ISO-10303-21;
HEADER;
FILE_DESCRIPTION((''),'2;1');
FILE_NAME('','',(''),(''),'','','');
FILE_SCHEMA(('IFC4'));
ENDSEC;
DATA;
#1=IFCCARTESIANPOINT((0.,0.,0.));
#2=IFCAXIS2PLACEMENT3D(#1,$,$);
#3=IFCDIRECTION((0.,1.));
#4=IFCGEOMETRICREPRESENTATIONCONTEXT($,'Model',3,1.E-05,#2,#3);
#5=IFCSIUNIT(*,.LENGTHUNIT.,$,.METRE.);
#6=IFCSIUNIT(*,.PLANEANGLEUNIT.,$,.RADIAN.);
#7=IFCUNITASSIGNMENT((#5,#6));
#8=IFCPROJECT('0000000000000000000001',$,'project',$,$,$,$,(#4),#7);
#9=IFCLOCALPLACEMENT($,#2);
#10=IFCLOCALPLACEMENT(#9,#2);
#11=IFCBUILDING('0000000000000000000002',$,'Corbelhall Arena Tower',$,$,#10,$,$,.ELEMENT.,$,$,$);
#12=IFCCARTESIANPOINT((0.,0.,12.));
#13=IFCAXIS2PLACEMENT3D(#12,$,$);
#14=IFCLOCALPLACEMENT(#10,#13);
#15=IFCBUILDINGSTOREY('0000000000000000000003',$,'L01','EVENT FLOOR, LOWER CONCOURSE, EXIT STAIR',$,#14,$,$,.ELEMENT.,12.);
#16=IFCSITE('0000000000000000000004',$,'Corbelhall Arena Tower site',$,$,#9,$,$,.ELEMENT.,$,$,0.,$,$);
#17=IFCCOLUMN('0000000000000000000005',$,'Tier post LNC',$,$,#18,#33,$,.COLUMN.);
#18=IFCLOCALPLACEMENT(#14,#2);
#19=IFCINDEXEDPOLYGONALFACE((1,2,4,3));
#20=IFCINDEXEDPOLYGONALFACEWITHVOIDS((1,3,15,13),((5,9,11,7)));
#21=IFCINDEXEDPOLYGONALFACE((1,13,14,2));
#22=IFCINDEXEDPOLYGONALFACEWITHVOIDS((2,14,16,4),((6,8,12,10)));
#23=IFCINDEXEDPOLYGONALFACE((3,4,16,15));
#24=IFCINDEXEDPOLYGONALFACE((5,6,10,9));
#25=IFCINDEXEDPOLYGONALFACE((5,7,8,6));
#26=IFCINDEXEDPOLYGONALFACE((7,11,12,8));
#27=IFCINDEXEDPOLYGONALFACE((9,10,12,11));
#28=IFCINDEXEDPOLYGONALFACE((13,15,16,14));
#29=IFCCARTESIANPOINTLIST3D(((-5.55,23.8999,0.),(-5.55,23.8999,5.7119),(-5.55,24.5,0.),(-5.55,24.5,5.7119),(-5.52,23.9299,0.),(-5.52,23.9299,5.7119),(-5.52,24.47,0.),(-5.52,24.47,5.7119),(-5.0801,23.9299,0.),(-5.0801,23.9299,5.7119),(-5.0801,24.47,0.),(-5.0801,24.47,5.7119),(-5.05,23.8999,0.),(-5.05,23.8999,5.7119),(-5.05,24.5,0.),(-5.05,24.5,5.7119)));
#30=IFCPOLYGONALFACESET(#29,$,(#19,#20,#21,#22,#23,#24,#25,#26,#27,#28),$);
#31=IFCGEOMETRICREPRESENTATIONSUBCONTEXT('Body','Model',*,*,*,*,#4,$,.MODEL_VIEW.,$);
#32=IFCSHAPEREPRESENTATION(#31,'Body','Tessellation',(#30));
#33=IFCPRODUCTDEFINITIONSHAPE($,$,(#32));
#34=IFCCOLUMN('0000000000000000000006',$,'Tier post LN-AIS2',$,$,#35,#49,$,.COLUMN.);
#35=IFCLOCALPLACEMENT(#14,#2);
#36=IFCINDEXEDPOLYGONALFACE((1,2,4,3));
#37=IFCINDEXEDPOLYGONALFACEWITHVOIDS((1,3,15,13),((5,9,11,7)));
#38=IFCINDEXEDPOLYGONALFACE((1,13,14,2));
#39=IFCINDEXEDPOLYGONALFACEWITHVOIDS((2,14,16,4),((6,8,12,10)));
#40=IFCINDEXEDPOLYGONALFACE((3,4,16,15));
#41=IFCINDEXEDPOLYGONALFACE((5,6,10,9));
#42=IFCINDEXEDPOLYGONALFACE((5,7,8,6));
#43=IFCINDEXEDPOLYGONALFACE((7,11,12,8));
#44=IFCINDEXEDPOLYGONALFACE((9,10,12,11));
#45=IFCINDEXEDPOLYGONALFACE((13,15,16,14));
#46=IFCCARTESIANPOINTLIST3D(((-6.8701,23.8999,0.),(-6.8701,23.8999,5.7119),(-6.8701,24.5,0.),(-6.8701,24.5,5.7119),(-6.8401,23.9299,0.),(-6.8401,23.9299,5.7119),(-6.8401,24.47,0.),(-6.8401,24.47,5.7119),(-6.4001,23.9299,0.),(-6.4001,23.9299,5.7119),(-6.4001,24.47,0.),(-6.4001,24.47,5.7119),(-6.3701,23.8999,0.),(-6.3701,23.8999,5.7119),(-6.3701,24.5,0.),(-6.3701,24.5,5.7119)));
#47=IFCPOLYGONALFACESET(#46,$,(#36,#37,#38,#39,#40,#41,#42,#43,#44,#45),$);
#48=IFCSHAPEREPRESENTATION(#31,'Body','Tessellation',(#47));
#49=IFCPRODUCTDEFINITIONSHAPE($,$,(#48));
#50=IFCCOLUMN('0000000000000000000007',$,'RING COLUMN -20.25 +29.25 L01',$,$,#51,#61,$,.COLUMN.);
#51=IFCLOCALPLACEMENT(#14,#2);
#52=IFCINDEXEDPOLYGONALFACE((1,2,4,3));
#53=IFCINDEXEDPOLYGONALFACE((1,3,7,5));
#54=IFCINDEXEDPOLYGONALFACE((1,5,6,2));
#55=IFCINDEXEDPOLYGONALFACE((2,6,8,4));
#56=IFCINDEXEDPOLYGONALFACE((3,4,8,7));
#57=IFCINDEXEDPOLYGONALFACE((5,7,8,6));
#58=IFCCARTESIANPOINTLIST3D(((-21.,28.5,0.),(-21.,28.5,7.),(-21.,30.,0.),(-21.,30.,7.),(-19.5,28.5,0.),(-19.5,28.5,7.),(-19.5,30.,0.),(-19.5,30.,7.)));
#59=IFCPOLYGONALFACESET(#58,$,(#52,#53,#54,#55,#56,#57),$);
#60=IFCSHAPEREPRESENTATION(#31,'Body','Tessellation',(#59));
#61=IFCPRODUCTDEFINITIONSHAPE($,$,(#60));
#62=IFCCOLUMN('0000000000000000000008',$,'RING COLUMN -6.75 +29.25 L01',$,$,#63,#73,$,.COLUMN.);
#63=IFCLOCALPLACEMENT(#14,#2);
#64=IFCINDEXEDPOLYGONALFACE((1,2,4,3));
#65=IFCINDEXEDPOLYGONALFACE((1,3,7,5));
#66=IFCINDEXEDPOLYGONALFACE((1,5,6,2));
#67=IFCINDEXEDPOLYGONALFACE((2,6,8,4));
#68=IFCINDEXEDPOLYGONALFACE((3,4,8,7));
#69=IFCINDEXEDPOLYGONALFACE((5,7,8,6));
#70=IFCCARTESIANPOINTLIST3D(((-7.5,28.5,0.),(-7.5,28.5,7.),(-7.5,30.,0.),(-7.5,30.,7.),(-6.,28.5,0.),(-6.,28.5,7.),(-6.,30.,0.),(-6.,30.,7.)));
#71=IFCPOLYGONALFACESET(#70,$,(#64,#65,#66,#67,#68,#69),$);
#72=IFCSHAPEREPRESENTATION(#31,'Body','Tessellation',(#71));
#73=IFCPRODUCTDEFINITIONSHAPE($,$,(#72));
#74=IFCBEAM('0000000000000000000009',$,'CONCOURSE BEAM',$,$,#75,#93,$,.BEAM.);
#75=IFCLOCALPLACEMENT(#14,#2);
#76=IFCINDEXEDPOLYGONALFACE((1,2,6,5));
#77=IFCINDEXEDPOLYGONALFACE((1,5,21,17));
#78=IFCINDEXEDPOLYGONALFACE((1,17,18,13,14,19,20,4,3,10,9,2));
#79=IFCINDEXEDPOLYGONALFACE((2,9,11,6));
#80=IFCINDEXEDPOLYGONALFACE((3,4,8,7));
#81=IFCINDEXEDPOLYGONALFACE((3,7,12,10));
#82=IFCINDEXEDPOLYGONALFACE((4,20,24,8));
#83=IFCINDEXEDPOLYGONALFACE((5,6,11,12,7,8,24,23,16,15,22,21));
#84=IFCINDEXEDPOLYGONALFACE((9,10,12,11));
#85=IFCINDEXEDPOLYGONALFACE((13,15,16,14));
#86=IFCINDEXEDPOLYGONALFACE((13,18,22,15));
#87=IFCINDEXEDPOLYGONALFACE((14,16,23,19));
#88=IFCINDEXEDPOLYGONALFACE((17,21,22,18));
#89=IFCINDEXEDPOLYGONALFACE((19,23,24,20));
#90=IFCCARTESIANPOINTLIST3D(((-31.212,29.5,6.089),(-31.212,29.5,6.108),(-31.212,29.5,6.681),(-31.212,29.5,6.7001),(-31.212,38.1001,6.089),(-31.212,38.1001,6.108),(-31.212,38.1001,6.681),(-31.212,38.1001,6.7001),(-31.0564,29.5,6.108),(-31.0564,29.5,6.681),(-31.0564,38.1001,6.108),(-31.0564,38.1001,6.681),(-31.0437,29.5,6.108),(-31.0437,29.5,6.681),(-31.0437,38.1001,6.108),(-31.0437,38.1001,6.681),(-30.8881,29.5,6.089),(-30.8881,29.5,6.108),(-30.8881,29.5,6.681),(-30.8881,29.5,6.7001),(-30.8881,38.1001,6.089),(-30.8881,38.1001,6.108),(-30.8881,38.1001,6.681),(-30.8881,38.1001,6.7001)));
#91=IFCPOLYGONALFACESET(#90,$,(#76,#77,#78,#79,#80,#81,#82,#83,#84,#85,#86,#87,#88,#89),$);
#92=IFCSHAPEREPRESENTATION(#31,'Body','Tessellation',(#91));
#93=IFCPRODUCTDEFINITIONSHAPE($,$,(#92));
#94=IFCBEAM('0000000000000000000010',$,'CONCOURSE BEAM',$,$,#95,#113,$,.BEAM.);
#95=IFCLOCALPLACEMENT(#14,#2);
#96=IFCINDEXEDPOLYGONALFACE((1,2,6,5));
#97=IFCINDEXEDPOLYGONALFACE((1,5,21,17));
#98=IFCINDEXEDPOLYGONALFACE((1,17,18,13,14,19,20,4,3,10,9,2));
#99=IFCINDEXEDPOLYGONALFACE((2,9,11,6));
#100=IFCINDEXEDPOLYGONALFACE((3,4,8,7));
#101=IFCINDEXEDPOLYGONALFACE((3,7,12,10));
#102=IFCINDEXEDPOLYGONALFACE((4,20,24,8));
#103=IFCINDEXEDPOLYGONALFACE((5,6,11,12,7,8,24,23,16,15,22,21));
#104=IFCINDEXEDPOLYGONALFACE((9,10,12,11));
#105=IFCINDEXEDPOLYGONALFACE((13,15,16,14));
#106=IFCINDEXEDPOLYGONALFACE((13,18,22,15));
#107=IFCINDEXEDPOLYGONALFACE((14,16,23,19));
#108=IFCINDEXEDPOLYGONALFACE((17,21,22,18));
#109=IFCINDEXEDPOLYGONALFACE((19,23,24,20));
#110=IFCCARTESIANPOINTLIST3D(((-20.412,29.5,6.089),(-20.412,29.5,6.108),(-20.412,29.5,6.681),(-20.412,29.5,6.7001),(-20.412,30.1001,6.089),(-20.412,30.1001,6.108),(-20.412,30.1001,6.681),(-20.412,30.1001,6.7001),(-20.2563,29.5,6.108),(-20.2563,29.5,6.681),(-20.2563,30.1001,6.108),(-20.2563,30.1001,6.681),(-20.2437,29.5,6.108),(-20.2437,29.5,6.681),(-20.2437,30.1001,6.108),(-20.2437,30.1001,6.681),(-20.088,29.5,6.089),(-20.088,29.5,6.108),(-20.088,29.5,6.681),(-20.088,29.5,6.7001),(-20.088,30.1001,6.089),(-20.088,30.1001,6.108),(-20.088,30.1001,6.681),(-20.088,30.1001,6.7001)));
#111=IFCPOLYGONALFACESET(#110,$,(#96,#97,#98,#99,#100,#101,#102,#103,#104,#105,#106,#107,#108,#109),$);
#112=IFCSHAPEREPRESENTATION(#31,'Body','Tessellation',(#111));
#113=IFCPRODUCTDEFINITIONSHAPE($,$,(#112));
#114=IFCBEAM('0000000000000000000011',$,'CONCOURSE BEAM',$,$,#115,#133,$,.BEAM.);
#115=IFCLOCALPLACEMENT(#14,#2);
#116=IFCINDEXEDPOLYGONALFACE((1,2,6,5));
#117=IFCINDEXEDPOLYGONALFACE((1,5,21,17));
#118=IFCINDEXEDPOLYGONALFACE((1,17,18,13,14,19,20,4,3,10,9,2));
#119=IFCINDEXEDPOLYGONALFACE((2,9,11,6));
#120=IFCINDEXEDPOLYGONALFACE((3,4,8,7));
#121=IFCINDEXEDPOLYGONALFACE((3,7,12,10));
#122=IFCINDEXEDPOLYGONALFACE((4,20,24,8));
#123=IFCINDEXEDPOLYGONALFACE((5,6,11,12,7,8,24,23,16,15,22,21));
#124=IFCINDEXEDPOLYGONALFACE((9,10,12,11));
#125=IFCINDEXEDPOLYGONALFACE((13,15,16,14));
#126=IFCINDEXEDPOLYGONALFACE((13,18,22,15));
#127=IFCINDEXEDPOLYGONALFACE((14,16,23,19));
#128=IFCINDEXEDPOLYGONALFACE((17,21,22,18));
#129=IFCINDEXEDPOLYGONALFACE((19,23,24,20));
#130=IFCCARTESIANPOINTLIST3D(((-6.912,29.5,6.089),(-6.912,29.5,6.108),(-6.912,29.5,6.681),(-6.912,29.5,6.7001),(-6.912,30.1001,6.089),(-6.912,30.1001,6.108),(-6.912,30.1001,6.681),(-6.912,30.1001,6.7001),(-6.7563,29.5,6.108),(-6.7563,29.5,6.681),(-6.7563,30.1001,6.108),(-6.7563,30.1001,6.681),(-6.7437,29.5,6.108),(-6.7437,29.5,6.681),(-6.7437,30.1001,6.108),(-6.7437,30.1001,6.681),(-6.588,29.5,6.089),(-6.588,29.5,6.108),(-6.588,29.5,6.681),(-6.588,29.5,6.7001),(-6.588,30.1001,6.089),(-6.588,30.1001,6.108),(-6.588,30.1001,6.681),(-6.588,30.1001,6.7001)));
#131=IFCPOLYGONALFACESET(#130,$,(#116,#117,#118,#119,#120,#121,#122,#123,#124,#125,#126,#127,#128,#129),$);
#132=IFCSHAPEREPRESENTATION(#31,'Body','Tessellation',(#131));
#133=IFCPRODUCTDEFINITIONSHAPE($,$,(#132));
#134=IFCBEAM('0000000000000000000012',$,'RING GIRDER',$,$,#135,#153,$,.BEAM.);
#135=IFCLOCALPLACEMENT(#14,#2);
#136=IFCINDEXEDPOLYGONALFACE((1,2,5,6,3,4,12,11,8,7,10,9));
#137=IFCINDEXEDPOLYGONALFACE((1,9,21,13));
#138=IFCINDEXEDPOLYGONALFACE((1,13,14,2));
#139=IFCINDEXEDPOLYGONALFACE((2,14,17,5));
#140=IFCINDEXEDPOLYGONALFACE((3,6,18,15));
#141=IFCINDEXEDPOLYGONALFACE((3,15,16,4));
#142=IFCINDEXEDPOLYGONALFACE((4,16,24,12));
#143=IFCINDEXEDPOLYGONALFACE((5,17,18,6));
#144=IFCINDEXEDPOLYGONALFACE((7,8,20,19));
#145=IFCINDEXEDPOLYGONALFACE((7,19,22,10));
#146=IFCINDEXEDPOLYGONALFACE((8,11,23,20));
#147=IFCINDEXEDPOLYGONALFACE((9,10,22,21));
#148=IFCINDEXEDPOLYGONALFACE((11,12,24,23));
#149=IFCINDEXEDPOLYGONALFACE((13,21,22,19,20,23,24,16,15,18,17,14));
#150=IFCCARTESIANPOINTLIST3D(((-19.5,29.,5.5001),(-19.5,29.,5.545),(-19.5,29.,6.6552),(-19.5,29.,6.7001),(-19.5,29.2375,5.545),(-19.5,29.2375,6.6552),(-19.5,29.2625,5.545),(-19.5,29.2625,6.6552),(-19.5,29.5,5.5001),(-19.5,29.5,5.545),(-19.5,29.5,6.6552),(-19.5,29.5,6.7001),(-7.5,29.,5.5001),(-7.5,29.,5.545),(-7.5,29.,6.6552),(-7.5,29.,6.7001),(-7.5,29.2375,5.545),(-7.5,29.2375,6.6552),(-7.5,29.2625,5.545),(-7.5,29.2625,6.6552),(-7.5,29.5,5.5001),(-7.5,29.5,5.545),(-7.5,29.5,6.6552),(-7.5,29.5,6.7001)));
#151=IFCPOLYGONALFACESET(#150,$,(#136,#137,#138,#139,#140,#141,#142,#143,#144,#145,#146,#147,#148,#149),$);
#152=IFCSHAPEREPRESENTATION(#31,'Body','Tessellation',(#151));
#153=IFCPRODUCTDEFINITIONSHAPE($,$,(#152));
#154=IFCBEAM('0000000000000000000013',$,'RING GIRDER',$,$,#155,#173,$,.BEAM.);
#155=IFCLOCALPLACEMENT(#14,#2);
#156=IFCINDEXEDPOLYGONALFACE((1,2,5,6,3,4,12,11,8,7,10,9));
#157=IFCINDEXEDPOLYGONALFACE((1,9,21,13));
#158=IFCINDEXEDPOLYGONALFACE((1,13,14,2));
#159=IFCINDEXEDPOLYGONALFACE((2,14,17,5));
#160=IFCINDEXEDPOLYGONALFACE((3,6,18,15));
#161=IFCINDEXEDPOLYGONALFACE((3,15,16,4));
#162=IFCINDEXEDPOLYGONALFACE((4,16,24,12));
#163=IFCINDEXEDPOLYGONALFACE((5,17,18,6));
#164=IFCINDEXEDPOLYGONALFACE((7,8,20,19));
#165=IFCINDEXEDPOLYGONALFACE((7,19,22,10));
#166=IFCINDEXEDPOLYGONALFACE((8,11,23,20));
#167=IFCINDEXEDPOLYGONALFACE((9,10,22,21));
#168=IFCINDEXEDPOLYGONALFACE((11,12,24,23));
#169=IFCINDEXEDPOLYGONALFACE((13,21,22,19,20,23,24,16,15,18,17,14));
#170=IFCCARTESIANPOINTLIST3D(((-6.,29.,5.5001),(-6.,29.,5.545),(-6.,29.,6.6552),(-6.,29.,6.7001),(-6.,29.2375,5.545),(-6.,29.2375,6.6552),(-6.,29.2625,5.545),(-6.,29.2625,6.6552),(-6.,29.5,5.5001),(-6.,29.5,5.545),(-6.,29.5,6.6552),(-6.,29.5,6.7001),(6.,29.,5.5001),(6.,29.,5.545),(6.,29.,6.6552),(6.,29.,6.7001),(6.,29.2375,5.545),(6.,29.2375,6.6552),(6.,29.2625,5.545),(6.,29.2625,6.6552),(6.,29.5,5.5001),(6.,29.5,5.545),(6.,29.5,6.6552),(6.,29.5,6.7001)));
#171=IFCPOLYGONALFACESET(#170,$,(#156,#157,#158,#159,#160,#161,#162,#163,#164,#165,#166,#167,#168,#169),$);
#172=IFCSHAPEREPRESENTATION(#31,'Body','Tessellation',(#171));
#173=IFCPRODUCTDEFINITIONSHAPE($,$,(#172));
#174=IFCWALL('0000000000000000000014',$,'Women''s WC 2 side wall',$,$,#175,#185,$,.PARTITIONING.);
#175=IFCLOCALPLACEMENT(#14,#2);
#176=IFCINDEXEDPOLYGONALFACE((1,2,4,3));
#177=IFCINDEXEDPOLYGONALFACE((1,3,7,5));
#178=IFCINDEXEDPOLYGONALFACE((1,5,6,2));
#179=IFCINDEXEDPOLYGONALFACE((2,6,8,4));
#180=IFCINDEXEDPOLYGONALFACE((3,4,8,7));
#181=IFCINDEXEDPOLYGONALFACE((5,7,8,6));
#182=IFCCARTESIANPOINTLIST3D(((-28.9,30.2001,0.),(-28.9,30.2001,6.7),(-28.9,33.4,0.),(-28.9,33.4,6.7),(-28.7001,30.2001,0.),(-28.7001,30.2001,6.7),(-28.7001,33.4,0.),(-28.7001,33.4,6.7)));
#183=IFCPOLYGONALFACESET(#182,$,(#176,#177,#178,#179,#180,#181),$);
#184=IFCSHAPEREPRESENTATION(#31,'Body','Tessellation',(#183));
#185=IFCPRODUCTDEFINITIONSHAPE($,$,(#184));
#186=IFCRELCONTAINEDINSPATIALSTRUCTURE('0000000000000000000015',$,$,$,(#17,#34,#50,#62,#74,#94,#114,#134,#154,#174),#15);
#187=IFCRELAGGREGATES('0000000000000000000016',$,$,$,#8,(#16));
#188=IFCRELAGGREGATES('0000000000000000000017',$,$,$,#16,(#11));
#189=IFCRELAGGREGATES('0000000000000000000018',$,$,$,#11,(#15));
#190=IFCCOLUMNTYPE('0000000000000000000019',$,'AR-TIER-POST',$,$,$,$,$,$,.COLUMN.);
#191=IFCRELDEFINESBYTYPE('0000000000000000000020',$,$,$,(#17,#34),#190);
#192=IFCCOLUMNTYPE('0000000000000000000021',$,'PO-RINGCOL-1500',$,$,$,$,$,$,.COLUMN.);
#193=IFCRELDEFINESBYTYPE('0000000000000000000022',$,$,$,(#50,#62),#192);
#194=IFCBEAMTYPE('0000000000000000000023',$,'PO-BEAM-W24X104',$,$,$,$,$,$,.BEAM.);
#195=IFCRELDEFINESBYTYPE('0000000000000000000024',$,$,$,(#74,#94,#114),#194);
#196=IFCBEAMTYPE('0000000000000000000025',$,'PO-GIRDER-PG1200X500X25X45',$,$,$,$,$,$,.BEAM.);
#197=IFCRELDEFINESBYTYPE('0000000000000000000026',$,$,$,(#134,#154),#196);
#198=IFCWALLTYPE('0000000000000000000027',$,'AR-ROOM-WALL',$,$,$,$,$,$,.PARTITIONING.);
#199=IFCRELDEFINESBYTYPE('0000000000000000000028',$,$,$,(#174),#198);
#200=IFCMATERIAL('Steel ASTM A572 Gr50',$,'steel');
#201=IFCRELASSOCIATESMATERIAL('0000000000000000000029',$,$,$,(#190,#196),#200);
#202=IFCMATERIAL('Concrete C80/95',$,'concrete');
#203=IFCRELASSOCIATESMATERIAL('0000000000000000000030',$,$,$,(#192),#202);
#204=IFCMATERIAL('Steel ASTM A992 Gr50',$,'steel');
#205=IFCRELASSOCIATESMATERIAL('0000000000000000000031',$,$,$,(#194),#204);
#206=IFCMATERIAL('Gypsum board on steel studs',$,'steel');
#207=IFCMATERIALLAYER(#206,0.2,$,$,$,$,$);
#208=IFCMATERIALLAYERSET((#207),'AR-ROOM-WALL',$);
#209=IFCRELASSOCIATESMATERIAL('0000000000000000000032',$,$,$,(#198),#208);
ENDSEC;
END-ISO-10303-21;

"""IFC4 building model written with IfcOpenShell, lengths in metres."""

from ifc_helpers import new_model, si_unit, direction, frame, frame_2d, origin, origin_2d, place, context, subcontext, project, spatial, rectangle, hollow_rectangle, i_section, extrude, material, layer, layer_set, material_profile, profile_set, type_object, element, save


model = new_model("IFC4")

# Units and contexts
model_context = context("Model", 3, precision=1e-05, world=origin(), true_north=direction((0.0, 1.0)))
body_context = subcontext(model_context, "Body", "Model", "MODEL_VIEW")
ifc_project = project(units=[si_unit("LENGTHUNIT", "METRE"), si_unit("PLANEANGLEUNIT", "RADIAN")], contexts=[model_context])

# Site, building, storey
site_placement = place(None, origin())
site = spatial("IfcSite", under=ifc_project, at=site_placement, Name="Corbelhall Arena Tower site", CompositionType="ELEMENT", RefElevation=0.0)
building_placement = place(site_placement, origin())
building = spatial("IfcBuilding", under=site, at=building_placement, Name="Corbelhall Arena Tower", CompositionType="ELEMENT")
storey_placement = place(building_placement, frame((0.0, 0.0, 12.0)))
storey = spatial("IfcBuildingStorey", under=building, at=storey_placement, Name="L01", Description="EVENT FLOOR, LOWER CONCOURSE, EXIT STAIR", CompositionType="ELEMENT", Elevation=12.0)

# Columns
ifc_material_1 = material(Name="Steel ASTM A572 Gr50", Category="steel")
ifc_material_profile_1 = material_profile(ifc_material_1, hollow_rectangle(XDim=0.5, YDim=0.6001, WallThickness=0.03, at=origin_2d()))
ifc_profile_set_1 = profile_set([ifc_material_profile_1], Name="Steel ASTM A572 Gr50")
column_type_1 = type_object("IfcColumnType", Name="AR-TIER-POST", PredefinedType="COLUMN", material=ifc_profile_set_1)
for number, where, z_axis, x_axis, name in (
    (1, (-5.3, 24.2, 0.0), (0.0, 0.0, 1.0), (1.0, 0.0, 0.0), "Tier post LNC"),
    (2, (-6.6201, 24.2, 0.0), (0.0, 0.0, 1.0), (1.0, 0.0, 0.0), "Tier post LN-AIS2"),
):
    element("IfcColumn", number, at=place(storey_placement, frame(where, z_axis=z_axis, x_axis=x_axis)), inside=storey, type_object=column_type_1, Name=name, PredefinedType="COLUMN", context=body_context, shape_type="SweptSolid", body=[
        extrude(hollow_rectangle(XDim=0.5, YDim=0.6001, WallThickness=0.03, at=origin_2d()), origin(), (0.0, 0.0, 1.0), 5.7119),
    ])
ifc_material_2 = material(Name="Concrete C80/95", Category="concrete")
ifc_material_profile_2 = material_profile(ifc_material_2, rectangle(XDim=1.5, YDim=1.5, at=origin_2d()))
ifc_profile_set_2 = profile_set([ifc_material_profile_2], Name="Concrete C80/95")
column_type_2 = type_object("IfcColumnType", Name="PO-RINGCOL-1500", PredefinedType="COLUMN", material=ifc_profile_set_2)
for number, where, z_axis, x_axis, name in (
    (3, (-20.25, 29.25, 0.0), (0.0, 0.0, 1.0), (1.0, 0.0, 0.0), "RING COLUMN -20.25 +29.25 L01"),
    (4, (-6.75, 29.25, 0.0), (0.0, 0.0, 1.0), (1.0, 0.0, 0.0), "RING COLUMN -6.75 +29.25 L01"),
):
    element("IfcColumn", number, at=place(storey_placement, frame(where, z_axis=z_axis, x_axis=x_axis)), inside=storey, type_object=column_type_2, Name=name, PredefinedType="COLUMN", context=body_context, shape_type="SweptSolid", body=[
        extrude(rectangle(XDim=1.5, YDim=1.5, at=origin_2d()), origin(), (0.0, 0.0, 1.0), 7.0),
    ])

# Beams
ifc_material_3 = material(Name="Steel ASTM A992 Gr50", Category="steel")
ifc_material_profile_3 = material_profile(ifc_material_3, i_section(OverallWidth=0.324, OverallDepth=0.6111, WebThickness=0.0127, FlangeThickness=0.019, at=origin_2d()))
ifc_profile_set_3 = profile_set([ifc_material_profile_3], Name="Steel ASTM A992 Gr50")
beam_type_1 = type_object("IfcBeamType", Name="PO-BEAM-W24X104", PredefinedType="BEAM", material=ifc_profile_set_3)
beam_placement = place(storey_placement, frame((-31.05, 29.5, 6.3945), z_axis=(0.0, 1.0, 0.0), x_axis=(-1.0, 0.0, 0.0)))
element("IfcBeam", 5, at=beam_placement, inside=storey, type_object=beam_type_1, Name="CONCOURSE BEAM", PredefinedType="BEAM", context=body_context, shape_type="SweptSolid", body=[
    extrude(i_section(OverallWidth=0.324, OverallDepth=0.6111, WebThickness=0.0127, FlangeThickness=0.019, at=origin_2d()), origin(), (0.0, 0.0, 1.0), 8.6001),
])
for number, where, z_axis, x_axis, name in (
    (6, (-20.25, 29.5, 6.3945), (0.0, 1.0, 0.0), (-1.0, 0.0, 0.0), "CONCOURSE BEAM"),
    (7, (-6.75, 29.5, 6.3945), (0.0, 1.0, 0.0), (-1.0, 0.0, 0.0), "CONCOURSE BEAM"),
):
    element("IfcBeam", number, at=place(storey_placement, frame(where, z_axis=z_axis, x_axis=x_axis)), inside=storey, type_object=beam_type_1, Name=name, PredefinedType="BEAM", context=body_context, shape_type="SweptSolid", body=[
        extrude(i_section(OverallWidth=0.324, OverallDepth=0.6111, WebThickness=0.0127, FlangeThickness=0.019, at=origin_2d()), origin(), (0.0, 0.0, 1.0), 0.6001),
    ])
ifc_material_profile_4 = material_profile(ifc_material_1, i_section(OverallWidth=0.5, OverallDepth=1.2, WebThickness=0.0249, FlangeThickness=0.0449, at=origin_2d()))
ifc_profile_set_4 = profile_set([ifc_material_profile_4], Name="Steel ASTM A572 Gr50")
beam_type_2 = type_object("IfcBeamType", Name="PO-GIRDER-PG1200X500X25X45", PredefinedType="BEAM", material=ifc_profile_set_4)
for number, where, z_axis, x_axis, name in (
    (8, (-19.5, 29.25, 6.1001), (1.0, 0.0, 0.0), (0.0, 1.0, 0.0), "RING GIRDER"),
    (9, (-6.0, 29.25, 6.1001), (1.0, 0.0, 0.0), (0.0, 1.0, 0.0), "RING GIRDER"),
):
    element("IfcBeam", number, at=place(storey_placement, frame(where, z_axis=z_axis, x_axis=x_axis)), inside=storey, type_object=beam_type_2, Name=name, PredefinedType="BEAM", context=body_context, shape_type="SweptSolid", body=[
        extrude(i_section(OverallWidth=0.5, OverallDepth=1.2, WebThickness=0.0249, FlangeThickness=0.0449, at=origin_2d()), origin(), (0.0, 0.0, 1.0), 12.0),
    ])

# Wall
ifc_material_4 = material(Name="Gypsum board on steel studs", Category="steel")
ifc_layer_1 = layer(ifc_material_4, 0.2)
ifc_layer_set_1 = layer_set([ifc_layer_1], Name="AR-ROOM-WALL")
wall_type_1 = type_object("IfcWallType", Name="AR-ROOM-WALL", PredefinedType="PARTITIONING", material=ifc_layer_set_1)
wall_1_placement = place(storey_placement, frame((-28.8, 30.2, 0.0), z_axis=(0.0, 0.0, 1.0), x_axis=(0.0, 1.0, 0.0)))
element("IfcWall", 10, at=wall_1_placement, inside=storey, type_object=wall_type_1, Name="Women's WC 2 side wall", PredefinedType="PARTITIONING", context=body_context, shape_type="SweptSolid", body=[
    extrude(rectangle(XDim=3.2, YDim=0.2, at=frame_2d((1.6001, 0.0))), origin(), (0.0, 0.0, 1.0), 6.7),
])

save(model, "model.ifc")
